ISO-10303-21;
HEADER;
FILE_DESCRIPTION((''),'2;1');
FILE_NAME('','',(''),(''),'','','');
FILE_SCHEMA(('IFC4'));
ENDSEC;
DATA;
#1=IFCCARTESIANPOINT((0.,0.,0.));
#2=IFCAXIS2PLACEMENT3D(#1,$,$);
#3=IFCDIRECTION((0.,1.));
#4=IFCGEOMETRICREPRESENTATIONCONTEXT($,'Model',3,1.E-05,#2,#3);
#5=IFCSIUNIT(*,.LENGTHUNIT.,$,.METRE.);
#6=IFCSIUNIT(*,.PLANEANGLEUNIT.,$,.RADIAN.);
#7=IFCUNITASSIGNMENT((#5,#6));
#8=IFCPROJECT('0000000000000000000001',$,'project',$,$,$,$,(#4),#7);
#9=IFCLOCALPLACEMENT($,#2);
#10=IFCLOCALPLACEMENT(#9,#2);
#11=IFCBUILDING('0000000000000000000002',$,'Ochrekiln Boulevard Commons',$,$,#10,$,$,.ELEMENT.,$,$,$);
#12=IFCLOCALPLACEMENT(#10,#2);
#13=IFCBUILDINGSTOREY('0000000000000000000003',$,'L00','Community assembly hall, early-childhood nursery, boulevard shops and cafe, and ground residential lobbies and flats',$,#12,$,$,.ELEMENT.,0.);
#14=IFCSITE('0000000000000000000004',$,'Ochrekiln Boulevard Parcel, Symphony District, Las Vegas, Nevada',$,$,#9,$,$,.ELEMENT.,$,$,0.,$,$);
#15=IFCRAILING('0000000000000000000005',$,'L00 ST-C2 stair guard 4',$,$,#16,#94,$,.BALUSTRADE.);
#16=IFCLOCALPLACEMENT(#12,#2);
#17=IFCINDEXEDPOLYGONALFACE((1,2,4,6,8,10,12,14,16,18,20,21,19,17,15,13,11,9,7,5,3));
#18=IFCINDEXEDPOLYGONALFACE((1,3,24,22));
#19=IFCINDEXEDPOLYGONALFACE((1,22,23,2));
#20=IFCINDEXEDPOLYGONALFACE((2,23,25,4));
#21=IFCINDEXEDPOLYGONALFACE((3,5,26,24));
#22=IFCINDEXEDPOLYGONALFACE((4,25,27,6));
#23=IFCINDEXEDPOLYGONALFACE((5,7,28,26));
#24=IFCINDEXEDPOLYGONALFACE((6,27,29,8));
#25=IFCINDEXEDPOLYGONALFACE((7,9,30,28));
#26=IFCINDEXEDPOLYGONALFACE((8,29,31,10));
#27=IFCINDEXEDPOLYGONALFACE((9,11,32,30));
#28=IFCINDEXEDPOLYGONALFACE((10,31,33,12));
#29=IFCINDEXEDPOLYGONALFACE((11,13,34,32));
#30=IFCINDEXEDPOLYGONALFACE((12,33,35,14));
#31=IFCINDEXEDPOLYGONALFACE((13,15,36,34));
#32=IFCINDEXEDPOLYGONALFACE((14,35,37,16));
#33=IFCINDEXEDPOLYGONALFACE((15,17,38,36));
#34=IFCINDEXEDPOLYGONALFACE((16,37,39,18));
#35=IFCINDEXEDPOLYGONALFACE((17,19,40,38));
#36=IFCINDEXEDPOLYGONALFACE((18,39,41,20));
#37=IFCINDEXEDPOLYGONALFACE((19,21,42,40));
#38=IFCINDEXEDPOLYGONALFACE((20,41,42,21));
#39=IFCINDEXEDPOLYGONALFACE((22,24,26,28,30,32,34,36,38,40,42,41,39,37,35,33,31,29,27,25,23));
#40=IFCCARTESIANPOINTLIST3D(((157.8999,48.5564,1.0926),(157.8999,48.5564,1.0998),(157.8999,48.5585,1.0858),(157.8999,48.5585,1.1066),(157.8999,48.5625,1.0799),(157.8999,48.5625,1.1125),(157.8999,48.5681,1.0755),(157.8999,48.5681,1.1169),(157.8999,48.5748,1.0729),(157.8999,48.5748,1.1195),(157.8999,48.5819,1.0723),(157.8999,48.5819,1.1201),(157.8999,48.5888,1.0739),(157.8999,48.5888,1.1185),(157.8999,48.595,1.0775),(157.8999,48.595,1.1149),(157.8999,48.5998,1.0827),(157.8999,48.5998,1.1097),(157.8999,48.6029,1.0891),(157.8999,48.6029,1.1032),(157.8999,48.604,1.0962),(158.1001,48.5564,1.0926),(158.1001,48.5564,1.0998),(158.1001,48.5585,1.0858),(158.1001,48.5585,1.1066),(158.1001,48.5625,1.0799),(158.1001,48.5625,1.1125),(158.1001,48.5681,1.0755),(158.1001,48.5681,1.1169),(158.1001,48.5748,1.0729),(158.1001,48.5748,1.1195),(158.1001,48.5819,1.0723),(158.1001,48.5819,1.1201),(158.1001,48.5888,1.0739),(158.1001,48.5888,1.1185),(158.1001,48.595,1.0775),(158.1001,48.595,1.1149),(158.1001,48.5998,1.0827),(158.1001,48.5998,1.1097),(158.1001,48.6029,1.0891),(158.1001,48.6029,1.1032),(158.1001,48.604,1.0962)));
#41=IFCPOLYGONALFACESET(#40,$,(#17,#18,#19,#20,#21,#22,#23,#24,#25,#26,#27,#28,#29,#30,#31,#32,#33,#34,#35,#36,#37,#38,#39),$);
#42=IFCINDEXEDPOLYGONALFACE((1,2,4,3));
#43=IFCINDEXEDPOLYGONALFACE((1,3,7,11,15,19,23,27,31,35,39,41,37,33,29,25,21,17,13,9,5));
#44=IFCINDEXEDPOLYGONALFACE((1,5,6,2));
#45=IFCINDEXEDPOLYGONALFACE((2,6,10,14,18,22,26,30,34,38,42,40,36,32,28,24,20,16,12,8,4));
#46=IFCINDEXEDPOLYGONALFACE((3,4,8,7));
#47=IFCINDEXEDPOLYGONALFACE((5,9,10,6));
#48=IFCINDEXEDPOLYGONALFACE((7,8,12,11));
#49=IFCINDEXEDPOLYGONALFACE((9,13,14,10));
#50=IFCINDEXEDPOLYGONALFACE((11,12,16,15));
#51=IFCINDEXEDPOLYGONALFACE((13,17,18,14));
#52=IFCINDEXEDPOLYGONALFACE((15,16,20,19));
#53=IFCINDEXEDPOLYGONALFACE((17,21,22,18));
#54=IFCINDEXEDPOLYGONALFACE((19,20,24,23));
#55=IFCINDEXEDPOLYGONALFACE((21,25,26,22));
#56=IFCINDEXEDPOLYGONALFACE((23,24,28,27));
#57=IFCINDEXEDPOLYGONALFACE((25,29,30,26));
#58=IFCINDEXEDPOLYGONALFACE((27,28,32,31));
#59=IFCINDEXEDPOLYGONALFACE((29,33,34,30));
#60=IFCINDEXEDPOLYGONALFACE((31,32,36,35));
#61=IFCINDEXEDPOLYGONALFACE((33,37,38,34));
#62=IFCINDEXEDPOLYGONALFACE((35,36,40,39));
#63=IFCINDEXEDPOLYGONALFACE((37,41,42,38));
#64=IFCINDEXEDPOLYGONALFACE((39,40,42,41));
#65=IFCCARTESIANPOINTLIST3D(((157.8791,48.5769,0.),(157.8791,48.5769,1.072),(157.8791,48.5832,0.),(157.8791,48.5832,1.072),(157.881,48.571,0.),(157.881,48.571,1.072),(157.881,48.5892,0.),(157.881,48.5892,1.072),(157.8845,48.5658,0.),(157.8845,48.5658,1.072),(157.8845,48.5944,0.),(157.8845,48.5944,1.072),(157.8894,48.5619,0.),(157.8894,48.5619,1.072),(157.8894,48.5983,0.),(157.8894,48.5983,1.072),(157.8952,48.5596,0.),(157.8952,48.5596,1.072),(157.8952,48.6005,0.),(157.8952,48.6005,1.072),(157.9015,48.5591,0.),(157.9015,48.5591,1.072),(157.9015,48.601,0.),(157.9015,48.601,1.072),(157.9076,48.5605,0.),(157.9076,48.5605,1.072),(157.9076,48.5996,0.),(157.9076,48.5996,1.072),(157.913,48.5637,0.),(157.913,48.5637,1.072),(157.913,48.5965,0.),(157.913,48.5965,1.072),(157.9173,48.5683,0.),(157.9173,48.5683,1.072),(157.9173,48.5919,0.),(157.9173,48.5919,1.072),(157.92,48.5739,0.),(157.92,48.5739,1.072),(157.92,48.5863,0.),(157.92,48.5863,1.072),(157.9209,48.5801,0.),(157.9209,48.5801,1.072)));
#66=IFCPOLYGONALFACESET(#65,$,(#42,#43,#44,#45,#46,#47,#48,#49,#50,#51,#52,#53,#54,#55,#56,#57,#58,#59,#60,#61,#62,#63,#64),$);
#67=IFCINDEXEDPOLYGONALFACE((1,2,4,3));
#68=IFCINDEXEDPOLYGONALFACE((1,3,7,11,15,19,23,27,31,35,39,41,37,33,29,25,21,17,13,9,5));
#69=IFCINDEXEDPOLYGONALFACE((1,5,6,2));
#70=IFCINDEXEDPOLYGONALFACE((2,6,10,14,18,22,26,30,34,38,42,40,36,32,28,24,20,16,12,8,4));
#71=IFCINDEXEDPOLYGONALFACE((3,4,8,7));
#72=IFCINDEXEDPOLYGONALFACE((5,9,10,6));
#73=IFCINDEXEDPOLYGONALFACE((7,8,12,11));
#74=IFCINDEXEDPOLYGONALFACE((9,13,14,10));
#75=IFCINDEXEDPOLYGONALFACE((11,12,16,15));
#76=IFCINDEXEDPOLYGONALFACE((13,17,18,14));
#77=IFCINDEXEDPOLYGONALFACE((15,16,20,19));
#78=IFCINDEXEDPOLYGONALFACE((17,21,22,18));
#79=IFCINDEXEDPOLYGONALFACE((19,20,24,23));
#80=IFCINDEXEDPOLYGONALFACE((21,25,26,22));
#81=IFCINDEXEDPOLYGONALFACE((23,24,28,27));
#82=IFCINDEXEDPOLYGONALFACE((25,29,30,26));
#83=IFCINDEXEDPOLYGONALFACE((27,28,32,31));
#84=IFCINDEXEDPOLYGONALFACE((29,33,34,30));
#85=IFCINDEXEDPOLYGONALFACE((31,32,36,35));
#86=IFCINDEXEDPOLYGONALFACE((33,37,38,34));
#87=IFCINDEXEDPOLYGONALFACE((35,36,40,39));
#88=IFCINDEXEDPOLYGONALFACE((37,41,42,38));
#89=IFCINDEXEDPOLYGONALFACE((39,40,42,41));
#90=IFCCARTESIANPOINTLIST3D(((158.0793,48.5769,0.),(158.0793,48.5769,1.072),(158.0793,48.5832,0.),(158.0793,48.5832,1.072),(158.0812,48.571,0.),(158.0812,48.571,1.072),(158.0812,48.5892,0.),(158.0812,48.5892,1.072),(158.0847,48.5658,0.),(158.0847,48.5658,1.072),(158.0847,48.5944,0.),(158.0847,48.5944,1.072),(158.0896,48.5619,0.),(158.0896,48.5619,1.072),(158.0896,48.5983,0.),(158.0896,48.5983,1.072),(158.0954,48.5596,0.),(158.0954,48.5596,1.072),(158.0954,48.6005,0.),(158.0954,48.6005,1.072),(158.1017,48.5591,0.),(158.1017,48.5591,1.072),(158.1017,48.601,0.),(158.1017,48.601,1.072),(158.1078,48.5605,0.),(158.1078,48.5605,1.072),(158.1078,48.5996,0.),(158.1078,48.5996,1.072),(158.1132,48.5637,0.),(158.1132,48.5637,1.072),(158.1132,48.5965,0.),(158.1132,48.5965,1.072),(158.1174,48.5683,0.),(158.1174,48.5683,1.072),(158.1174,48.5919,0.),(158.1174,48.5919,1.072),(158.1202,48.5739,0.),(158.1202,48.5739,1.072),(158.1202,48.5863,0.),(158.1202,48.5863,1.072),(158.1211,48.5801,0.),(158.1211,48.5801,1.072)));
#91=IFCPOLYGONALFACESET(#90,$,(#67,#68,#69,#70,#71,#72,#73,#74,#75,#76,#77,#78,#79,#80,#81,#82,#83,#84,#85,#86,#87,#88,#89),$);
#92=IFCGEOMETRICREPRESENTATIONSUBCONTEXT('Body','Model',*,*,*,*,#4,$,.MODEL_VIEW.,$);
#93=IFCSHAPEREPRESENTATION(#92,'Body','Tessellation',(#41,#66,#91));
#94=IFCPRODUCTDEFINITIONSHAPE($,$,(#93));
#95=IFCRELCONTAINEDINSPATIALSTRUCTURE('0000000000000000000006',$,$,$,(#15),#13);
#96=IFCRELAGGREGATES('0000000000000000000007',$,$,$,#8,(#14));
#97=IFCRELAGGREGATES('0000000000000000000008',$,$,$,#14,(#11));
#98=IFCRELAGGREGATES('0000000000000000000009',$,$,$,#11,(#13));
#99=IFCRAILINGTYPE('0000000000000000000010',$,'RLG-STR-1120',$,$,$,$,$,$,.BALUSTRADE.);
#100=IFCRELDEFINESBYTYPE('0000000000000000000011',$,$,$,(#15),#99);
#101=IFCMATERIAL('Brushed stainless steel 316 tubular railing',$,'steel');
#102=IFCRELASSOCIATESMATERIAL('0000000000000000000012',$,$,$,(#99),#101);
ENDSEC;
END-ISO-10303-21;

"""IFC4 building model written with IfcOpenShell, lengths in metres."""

from ifc_helpers import new_model, si_unit, direction, frame, origin, origin_2d, place, context, subcontext, project, spatial, circle, extrude, material, type_object, element, save


model = new_model("IFC4")

# Units and contexts
model_context = context("Model", 3, precision=1e-05, world=origin(), true_north=direction((0.0, 1.0)))
body_context = subcontext(model_context, "Body", "Model", "MODEL_VIEW")
ifc_project = project(units=[si_unit("LENGTHUNIT", "METRE"), si_unit("PLANEANGLEUNIT", "RADIAN")], contexts=[model_context])

# Site, building, storey
site_placement = place(None, origin())
site = spatial("IfcSite", under=ifc_project, at=site_placement, Name="Ochrekiln Boulevard Parcel, Symphony District, Las Vegas, Nevada", CompositionType="ELEMENT", RefElevation=0.0)
building_placement = place(site_placement, origin())
building = spatial("IfcBuilding", under=site, at=building_placement, Name="Ochrekiln Boulevard Commons", CompositionType="ELEMENT")
storey_placement = place(building_placement, origin())
storey = spatial("IfcBuildingStorey", under=building, at=storey_placement, Name="L00", Description="Community assembly hall, early-childhood nursery, boulevard shops and cafe, and ground residential lobbies and flats", CompositionType="ELEMENT", Elevation=0.0)

# Railing
ifc_material_1 = material(Name="Brushed stainless steel 316 tubular railing", Category="steel")
railing_type_1 = type_object("IfcRailingType", Name="RLG-STR-1120", PredefinedType="BALUSTRADE", material=ifc_material_1)
railing_1_placement = place(storey_placement, frame((157.8999, 48.5801, 0.0)))
element("IfcRailing", 1, at=railing_1_placement, inside=storey, type_object=railing_type_1, Name="L00 ST-C2 stair guard 4", PredefinedType="BALUSTRADE", context=body_context, shape_type="SweptSolid", body=[
    extrude(circle(Radius=0.0239, at=origin_2d()), frame((0.0, 0.0, 1.0962), z_axis=(1.0, 0.0, 0.0), x_axis=(0.0, 1.0, 0.0)), (0.0, 0.0, 1.0), 0.2002),
    extrude(circle(Radius=0.021, at=origin_2d()), origin(), (0.0, 0.0, 1.0), 1.072),
    extrude(circle(Radius=0.021, at=origin_2d()), frame((0.2002, 0.0, 0.0)), (0.0, 0.0, 1.0), 1.072),
])

save(model, "model.ifc")
